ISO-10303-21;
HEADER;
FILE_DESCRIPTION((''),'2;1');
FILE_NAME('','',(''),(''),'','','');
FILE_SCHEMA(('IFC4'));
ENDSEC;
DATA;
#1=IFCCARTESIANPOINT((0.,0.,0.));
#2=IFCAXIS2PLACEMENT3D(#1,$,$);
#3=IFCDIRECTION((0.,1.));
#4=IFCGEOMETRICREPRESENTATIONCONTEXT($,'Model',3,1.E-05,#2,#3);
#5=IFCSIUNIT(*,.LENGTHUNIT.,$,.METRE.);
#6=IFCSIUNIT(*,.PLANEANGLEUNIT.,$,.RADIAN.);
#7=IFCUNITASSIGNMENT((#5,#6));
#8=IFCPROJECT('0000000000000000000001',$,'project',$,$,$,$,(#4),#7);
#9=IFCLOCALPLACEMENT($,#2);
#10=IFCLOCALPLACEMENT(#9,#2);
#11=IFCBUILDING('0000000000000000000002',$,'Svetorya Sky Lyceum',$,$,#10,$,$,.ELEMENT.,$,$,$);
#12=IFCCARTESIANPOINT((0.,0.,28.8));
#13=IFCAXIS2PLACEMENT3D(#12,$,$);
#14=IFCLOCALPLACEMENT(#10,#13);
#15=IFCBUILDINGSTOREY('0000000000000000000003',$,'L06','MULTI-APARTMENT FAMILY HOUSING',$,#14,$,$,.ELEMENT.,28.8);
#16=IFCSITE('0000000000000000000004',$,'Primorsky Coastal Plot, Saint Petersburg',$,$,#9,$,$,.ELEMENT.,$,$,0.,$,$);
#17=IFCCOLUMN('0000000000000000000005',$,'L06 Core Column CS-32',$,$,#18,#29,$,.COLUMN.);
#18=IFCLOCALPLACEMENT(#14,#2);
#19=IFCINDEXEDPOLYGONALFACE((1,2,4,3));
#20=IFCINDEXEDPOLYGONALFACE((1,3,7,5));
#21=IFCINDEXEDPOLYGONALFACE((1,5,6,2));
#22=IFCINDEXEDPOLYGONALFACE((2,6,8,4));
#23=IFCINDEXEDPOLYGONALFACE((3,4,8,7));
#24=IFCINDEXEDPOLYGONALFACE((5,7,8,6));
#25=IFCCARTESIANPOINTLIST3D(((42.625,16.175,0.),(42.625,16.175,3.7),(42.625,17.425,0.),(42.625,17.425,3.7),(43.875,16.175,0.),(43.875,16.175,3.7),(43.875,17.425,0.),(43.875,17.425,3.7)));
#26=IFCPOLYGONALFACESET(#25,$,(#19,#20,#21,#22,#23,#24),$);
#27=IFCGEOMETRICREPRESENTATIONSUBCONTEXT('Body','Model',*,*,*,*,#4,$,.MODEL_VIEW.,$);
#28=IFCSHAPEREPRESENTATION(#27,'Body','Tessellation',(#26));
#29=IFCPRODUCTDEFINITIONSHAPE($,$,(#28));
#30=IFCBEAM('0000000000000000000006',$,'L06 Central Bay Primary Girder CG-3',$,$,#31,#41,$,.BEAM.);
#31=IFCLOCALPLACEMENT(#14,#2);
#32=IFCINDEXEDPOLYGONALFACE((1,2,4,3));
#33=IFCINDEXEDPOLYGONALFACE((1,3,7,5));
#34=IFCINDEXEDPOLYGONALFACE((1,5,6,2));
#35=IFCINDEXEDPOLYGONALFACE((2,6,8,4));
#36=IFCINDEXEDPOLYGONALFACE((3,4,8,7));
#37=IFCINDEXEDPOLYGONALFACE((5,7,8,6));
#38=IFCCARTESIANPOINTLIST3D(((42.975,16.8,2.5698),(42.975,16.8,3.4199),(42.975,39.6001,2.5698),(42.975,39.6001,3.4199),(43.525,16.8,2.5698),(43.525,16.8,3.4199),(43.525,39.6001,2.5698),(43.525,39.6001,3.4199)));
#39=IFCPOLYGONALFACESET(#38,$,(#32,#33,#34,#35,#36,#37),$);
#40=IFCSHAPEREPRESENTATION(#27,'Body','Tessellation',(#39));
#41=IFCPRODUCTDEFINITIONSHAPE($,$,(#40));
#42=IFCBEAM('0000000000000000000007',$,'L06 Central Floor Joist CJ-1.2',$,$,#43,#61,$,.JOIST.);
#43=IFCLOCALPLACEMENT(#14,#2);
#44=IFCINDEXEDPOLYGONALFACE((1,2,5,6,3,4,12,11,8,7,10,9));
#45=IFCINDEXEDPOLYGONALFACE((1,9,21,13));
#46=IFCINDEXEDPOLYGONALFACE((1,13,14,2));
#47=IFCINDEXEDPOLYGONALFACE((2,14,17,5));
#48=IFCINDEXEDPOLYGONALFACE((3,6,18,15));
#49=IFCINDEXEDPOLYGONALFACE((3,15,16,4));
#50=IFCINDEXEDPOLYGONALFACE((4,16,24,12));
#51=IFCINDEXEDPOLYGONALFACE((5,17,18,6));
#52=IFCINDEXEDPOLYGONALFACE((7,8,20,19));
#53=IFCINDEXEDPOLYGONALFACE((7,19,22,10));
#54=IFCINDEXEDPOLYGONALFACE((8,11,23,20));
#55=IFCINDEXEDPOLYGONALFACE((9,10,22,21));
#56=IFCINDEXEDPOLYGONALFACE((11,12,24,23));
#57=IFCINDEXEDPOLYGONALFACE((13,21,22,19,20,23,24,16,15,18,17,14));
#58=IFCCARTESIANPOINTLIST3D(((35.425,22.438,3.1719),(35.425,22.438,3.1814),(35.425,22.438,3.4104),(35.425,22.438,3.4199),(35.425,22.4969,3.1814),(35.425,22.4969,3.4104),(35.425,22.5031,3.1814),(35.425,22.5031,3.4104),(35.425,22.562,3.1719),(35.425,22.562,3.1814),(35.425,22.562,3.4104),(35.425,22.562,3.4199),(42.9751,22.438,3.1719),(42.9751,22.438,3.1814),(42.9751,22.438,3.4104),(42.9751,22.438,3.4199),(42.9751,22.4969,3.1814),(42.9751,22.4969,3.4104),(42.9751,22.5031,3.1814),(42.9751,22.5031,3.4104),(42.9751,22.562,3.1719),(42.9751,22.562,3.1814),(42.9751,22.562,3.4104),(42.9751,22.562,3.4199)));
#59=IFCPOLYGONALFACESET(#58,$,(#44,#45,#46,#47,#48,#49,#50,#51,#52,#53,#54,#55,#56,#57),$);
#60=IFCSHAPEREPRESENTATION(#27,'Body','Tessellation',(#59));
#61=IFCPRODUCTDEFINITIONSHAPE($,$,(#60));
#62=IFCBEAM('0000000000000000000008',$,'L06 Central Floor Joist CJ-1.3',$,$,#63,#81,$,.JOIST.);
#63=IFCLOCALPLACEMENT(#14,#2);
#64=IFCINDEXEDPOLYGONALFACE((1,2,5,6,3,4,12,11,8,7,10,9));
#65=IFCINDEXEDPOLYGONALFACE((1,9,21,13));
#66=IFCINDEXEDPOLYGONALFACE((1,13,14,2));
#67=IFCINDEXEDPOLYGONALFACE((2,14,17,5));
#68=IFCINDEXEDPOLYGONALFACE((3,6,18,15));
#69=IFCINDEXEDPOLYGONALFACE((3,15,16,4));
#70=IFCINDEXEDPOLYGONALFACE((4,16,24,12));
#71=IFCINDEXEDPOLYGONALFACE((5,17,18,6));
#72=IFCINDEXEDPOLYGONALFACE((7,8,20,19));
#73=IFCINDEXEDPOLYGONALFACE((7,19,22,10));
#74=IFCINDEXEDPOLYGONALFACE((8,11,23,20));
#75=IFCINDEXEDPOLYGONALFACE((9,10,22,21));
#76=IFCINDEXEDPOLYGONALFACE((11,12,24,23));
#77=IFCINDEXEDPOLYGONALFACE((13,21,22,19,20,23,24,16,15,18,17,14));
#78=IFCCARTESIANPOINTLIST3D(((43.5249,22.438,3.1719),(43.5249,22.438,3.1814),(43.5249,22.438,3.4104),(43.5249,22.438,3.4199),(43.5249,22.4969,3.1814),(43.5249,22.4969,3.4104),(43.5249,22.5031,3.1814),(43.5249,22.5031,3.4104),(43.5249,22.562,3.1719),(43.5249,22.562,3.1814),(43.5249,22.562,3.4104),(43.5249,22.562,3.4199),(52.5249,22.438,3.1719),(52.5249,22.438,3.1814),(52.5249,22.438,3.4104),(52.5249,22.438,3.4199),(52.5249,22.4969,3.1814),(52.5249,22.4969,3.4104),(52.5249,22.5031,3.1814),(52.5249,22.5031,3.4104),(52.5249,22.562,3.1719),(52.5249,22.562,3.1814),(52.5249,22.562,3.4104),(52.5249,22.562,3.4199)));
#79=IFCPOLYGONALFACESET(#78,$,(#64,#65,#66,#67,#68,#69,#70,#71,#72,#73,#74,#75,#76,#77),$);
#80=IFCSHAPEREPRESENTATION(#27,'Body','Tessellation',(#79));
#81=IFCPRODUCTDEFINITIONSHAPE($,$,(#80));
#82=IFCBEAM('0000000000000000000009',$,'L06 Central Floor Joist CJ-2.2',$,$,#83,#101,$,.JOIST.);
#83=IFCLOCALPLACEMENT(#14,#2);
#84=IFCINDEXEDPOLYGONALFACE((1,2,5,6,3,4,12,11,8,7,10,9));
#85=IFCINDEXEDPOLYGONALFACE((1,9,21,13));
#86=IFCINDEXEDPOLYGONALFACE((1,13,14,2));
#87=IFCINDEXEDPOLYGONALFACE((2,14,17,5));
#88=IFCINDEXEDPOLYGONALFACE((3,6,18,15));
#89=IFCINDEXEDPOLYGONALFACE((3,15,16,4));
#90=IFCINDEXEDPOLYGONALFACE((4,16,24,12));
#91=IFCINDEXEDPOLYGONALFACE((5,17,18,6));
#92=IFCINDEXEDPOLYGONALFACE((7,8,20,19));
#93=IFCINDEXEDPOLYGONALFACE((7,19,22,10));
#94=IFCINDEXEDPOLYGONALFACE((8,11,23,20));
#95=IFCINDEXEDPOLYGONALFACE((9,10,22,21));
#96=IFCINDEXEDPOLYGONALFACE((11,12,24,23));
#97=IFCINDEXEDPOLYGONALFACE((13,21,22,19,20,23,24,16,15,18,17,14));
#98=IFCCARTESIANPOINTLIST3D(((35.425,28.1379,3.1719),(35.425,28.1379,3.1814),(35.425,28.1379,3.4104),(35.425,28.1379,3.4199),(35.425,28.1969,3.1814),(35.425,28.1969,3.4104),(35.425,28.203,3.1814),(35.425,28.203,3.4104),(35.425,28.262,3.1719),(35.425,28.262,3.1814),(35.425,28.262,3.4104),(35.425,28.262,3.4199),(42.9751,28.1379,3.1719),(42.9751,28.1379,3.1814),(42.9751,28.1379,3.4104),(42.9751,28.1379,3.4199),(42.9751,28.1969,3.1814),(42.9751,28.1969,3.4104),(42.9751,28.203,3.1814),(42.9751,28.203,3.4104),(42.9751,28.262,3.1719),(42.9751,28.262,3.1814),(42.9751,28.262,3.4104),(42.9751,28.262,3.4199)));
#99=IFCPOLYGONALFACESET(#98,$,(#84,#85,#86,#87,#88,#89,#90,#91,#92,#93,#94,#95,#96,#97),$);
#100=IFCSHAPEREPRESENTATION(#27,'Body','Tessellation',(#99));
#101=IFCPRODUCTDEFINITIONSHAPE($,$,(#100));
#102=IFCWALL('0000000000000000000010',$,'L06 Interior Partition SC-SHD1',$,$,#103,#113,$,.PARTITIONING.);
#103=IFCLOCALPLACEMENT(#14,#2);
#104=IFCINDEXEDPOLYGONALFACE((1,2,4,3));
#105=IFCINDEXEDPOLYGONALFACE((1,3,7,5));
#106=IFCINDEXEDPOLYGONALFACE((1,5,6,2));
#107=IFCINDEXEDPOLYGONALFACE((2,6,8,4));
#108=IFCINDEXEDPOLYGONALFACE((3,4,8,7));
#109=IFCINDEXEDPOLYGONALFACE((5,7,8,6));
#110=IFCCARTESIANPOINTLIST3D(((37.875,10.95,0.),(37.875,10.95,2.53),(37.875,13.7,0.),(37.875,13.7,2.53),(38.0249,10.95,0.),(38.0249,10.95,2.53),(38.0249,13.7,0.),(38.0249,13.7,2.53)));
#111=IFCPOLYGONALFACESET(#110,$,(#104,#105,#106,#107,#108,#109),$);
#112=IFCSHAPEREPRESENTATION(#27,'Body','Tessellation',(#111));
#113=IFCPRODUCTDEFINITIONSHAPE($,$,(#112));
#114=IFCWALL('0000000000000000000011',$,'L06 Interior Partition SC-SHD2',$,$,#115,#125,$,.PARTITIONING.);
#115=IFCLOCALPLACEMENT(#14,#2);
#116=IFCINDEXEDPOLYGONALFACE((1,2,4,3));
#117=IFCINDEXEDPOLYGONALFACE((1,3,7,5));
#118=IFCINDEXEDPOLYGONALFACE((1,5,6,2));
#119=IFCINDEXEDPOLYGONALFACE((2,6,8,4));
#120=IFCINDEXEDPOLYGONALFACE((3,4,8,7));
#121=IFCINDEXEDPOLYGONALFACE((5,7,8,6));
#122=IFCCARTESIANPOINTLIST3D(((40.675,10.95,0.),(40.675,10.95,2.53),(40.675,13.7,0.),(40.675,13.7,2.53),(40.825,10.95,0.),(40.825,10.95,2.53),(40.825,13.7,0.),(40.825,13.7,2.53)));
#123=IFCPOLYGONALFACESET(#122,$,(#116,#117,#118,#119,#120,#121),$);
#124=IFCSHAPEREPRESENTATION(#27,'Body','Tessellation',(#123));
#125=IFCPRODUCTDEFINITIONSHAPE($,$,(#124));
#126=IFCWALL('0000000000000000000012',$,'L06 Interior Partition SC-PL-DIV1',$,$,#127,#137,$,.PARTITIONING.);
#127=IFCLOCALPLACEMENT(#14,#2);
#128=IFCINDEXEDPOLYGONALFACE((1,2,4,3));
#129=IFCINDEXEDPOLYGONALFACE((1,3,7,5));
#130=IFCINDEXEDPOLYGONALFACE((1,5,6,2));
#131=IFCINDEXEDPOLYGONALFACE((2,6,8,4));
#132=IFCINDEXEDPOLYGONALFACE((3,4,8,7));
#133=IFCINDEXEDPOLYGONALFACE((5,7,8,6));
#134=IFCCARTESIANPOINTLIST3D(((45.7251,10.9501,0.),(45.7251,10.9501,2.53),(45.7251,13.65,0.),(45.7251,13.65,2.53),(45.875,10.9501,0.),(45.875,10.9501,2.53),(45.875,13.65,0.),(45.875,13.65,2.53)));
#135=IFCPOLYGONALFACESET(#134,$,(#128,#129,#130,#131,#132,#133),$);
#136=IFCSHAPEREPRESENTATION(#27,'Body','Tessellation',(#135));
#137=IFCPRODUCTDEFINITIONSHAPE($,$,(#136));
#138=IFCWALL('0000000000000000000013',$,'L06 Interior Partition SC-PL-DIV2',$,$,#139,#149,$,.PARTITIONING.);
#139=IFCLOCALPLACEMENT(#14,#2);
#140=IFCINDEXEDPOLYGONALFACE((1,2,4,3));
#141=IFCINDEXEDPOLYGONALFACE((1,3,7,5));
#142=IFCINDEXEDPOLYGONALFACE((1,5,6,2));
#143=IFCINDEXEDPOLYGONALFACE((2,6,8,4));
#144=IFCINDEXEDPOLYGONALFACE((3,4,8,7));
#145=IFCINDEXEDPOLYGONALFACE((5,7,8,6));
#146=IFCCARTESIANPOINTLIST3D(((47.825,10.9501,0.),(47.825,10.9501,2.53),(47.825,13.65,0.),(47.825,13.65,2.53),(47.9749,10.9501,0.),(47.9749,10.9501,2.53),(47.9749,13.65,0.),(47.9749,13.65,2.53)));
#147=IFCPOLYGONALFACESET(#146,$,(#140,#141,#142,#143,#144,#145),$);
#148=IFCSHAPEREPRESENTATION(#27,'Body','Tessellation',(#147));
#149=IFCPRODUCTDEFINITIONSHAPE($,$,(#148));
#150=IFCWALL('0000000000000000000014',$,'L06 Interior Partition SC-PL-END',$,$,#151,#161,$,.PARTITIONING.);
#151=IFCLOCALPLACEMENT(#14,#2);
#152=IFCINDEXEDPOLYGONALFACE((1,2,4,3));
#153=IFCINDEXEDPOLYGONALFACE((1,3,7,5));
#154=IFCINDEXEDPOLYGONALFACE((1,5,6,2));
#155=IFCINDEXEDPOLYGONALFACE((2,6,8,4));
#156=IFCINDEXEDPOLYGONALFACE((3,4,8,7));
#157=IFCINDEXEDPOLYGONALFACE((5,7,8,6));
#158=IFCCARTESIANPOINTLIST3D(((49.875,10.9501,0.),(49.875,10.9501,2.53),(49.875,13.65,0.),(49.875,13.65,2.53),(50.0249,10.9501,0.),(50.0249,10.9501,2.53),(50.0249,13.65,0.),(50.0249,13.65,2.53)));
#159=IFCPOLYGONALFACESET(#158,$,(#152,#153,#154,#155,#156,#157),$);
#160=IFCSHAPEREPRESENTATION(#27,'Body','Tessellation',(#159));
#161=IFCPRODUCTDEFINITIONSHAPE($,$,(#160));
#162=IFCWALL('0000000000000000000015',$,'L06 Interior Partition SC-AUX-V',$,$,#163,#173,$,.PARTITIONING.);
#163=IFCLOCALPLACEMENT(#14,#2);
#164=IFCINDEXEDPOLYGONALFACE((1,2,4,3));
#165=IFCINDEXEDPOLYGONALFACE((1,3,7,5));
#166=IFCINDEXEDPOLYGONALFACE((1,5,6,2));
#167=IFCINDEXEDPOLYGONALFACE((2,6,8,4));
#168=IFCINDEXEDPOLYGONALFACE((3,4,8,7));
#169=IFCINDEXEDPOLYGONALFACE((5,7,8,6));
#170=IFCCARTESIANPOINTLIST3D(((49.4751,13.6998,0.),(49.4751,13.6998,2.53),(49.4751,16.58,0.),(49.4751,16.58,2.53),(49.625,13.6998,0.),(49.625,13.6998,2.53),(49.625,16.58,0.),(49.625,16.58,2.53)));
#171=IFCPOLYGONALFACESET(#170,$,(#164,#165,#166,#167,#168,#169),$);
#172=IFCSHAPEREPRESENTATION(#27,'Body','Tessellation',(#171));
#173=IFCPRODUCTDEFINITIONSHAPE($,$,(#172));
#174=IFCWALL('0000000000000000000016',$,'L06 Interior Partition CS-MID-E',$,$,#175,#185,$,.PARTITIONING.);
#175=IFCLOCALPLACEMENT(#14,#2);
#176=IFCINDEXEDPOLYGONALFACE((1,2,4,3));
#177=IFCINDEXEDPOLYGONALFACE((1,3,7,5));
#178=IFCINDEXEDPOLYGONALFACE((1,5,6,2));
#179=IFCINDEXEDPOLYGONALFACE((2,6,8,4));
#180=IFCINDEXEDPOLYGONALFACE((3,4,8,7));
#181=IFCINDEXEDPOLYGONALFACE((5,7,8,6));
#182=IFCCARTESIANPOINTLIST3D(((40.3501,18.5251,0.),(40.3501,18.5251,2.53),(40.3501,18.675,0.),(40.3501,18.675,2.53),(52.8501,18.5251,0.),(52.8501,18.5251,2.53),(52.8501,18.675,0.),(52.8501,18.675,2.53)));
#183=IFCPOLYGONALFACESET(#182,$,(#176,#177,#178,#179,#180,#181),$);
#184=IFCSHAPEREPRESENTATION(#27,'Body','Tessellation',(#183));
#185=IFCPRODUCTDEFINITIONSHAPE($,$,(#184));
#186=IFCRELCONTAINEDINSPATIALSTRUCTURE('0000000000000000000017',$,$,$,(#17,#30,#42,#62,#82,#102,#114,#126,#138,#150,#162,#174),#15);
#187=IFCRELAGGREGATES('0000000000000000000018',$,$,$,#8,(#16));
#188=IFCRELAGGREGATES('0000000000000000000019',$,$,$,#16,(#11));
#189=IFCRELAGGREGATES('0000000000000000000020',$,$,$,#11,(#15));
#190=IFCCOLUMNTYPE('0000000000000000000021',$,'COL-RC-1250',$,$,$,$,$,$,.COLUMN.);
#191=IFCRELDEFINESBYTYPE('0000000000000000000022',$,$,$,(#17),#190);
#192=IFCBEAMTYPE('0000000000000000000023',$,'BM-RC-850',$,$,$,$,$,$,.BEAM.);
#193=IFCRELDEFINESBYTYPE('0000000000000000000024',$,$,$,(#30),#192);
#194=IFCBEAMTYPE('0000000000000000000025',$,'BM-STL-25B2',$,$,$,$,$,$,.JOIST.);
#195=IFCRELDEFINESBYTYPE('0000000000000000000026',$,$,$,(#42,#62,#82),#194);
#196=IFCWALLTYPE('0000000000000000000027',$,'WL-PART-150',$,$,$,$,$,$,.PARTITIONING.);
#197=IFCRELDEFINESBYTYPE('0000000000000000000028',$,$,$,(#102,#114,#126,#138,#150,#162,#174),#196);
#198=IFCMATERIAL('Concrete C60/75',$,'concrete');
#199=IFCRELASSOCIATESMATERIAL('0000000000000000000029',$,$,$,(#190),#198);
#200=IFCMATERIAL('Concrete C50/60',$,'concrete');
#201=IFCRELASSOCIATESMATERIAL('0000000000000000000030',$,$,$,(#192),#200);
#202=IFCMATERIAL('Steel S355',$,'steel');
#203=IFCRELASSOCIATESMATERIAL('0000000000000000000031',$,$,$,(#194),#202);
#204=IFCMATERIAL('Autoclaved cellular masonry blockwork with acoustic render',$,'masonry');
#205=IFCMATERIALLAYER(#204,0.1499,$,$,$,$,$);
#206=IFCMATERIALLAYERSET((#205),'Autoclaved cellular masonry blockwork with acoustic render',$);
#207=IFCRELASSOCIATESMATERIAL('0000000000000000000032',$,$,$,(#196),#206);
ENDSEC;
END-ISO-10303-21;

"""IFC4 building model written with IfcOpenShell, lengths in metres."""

from ifc_helpers import new_model, si_unit, direction, frame, frame_2d, origin, origin_2d, place, context, subcontext, project, spatial, rectangle, i_section, extrude, material, layer, layer_set, material_profile, profile_set, type_object, element, save


model = new_model("IFC4")

# Units and contexts
model_context = context("Model", 3, precision=1e-05, world=origin(), true_north=direction((0.0, 1.0)))
body_context = subcontext(model_context, "Body", "Model", "MODEL_VIEW")
ifc_project = project(units=[si_unit("LENGTHUNIT", "METRE"), si_unit("PLANEANGLEUNIT", "RADIAN")], contexts=[model_context])

# Site, building, storey
site_placement = place(None, origin())
site = spatial("IfcSite", under=ifc_project, at=site_placement, Name="Primorsky Coastal Plot, Saint Petersburg", CompositionType="ELEMENT", RefElevation=0.0)
building_placement = place(site_placement, origin())
building = spatial("IfcBuilding", under=site, at=building_placement, Name="Svetorya Sky Lyceum", CompositionType="ELEMENT")
storey_placement = place(building_placement, frame((0.0, 0.0, 28.8)))
storey = spatial("IfcBuildingStorey", under=building, at=storey_placement, Name="L06", Description="MULTI-APARTMENT FAMILY HOUSING", CompositionType="ELEMENT", Elevation=28.8)

# Column
ifc_material_1 = material(Name="Concrete C60/75", Category="concrete")
ifc_material_profile_1 = material_profile(ifc_material_1, rectangle(XDim=1.25, YDim=1.25, at=origin_2d()), Name="RC COL 1250x1250")
ifc_profile_set_1 = profile_set([ifc_material_profile_1], Name="Concrete C60/75")
column_type = type_object("IfcColumnType", Name="COL-RC-1250", PredefinedType="COLUMN", material=ifc_profile_set_1)
column_placement = place(storey_placement, frame((43.25, 16.8, 0.0), z_axis=(0.0, 0.0, 1.0), x_axis=(1.0, 0.0, 0.0)))
element("IfcColumn", 1, at=column_placement, inside=storey, type_object=column_type, Name="L06 Core Column CS-32", PredefinedType="COLUMN", context=body_context, shape_type="SweptSolid", body=[
    extrude(rectangle(XDim=1.25, YDim=1.25, at=origin_2d()), origin(), (0.0, 0.0, 1.0), 3.7),
])

# Beams
ifc_material_2 = material(Name="Concrete C50/60", Category="concrete")
ifc_material_profile_2 = material_profile(ifc_material_2, rectangle(XDim=0.55, YDim=0.8501, at=origin_2d()), Name="RC BEAM 550x850")
ifc_profile_set_2 = profile_set([ifc_material_profile_2], Name="Concrete C50/60")
beam_type_1 = type_object("IfcBeamType", Name="BM-RC-850", PredefinedType="BEAM", material=ifc_profile_set_2)
beam_1_placement = place(storey_placement, frame((43.25, 16.8, 2.9949), z_axis=(0.0, 1.0, 0.0), x_axis=(-1.0, 0.0, 0.0)))
element("IfcBeam", 2, at=beam_1_placement, inside=storey, type_object=beam_type_1, Name="L06 Central Bay Primary Girder CG-3", PredefinedType="BEAM", context=body_context, shape_type="SweptSolid", body=[
    extrude(rectangle(XDim=0.55, YDim=0.8501, at=origin_2d()), origin(), (0.0, 0.0, 1.0), 22.8),
])
ifc_material_3 = material(Name="Steel S355", Category="steel")
ifc_material_profile_3 = material_profile(ifc_material_3, i_section(OverallWidth=0.124, OverallDepth=0.248, WebThickness=0.0061, FlangeThickness=0.0095, at=origin_2d()), Name="GOST 25B2")
ifc_profile_set_3 = profile_set([ifc_material_profile_3], Name="Steel S355")
beam_type_2 = type_object("IfcBeamType", Name="BM-STL-25B2", PredefinedType="JOIST", material=ifc_profile_set_3)
beam_2_placement = place(storey_placement, frame((35.425, 22.5, 3.2959), z_axis=(1.0, 0.0, 0.0), x_axis=(0.0, 1.0, 0.0)))
element("IfcBeam", 3, at=beam_2_placement, inside=storey, type_object=beam_type_2, Name="L06 Central Floor Joist CJ-1.2", PredefinedType="JOIST", context=body_context, shape_type="SweptSolid", body=[
    extrude(i_section(OverallWidth=0.124, OverallDepth=0.248, WebThickness=0.0061, FlangeThickness=0.0095, at=origin_2d()), origin(), (0.0, 0.0, 1.0), 7.55),
])
beam_3_placement = place(storey_placement, frame((43.5249, 22.5, 3.2959), z_axis=(1.0, 0.0, 0.0), x_axis=(0.0, 1.0, 0.0)))
element("IfcBeam", 4, at=beam_3_placement, inside=storey, type_object=beam_type_2, Name="L06 Central Floor Joist CJ-1.3", PredefinedType="JOIST", context=body_context, shape_type="SweptSolid", body=[
    extrude(i_section(OverallWidth=0.124, OverallDepth=0.248, WebThickness=0.0061, FlangeThickness=0.0095, at=origin_2d()), origin(), (0.0, 0.0, 1.0), 9.0),
])
beam_4_placement = place(storey_placement, frame((35.425, 28.2, 3.2959), z_axis=(1.0, 0.0, 0.0), x_axis=(0.0, 1.0, 0.0)))
element("IfcBeam", 5, at=beam_4_placement, inside=storey, type_object=beam_type_2, Name="L06 Central Floor Joist CJ-2.2", PredefinedType="JOIST", context=body_context, shape_type="SweptSolid", body=[
    extrude(i_section(OverallWidth=0.124, OverallDepth=0.248, WebThickness=0.0061, FlangeThickness=0.0095, at=origin_2d()), origin(), (0.0, 0.0, 1.0), 7.55),
])

# Walls
ifc_material_4 = material(Name="Autoclaved cellular masonry blockwork with acoustic render", Category="masonry")
ifc_layer_1 = layer(ifc_material_4, 0.1499)
ifc_layer_set_1 = layer_set([ifc_layer_1], Name="Autoclaved cellular masonry blockwork with acoustic render")
wall_type_1 = type_object("IfcWallType", Name="WL-PART-150", PredefinedType="PARTITIONING", material=ifc_layer_set_1)
for number, where, z_axis, x_axis, name in (
    (6, (37.95, 10.95, 0.0), (0.0, 0.0, 1.0), (0.0, 1.0, 0.0), "L06 Interior Partition SC-SHD1"),
    (7, (40.75, 10.95, 0.0), (0.0, 0.0, 1.0), (0.0, 1.0, 0.0), "L06 Interior Partition SC-SHD2"),
):
    element("IfcWall", number, at=place(storey_placement, frame(where, z_axis=z_axis, x_axis=x_axis)), inside=storey, type_object=wall_type_1, Name=name, PredefinedType="PARTITIONING", context=body_context, shape_type="SweptSolid", body=[
        extrude(rectangle(XDim=2.75, YDim=0.1499, at=frame_2d((1.375, 0.0))), origin(), (0.0, 0.0, 1.0), 2.53),
    ])
for number, where, z_axis, x_axis, name in (
    (8, (45.8, 10.95, 0.0), (0.0, 0.0, 1.0), (0.0, 1.0, 0.0), "L06 Interior Partition SC-PL-DIV1"),
    (9, (47.8999, 10.95, 0.0), (0.0, 0.0, 1.0), (0.0, 1.0, 0.0), "L06 Interior Partition SC-PL-DIV2"),
    (10, (49.95, 10.95, 0.0), (0.0, 0.0, 1.0), (0.0, 1.0, 0.0), "L06 Interior Partition SC-PL-END"),
):
    element("IfcWall", number, at=place(storey_placement, frame(where, z_axis=z_axis, x_axis=x_axis)), inside=storey, type_object=wall_type_1, Name=name, PredefinedType="PARTITIONING", context=body_context, shape_type="SweptSolid", body=[
        extrude(rectangle(XDim=2.7, YDim=0.1499, at=frame_2d((1.3501, 0.0))), origin(), (0.0, 0.0, 1.0), 2.53),
    ])
wall_1_placement = place(storey_placement, frame((49.55, 13.7, 0.0), z_axis=(0.0, 0.0, 1.0), x_axis=(0.0, 1.0, 0.0)))
element("IfcWall", 11, at=wall_1_placement, inside=storey, type_object=wall_type_1, Name="L06 Interior Partition SC-AUX-V", PredefinedType="PARTITIONING", context=body_context, shape_type="SweptSolid", body=[
    extrude(rectangle(XDim=2.8801, YDim=0.1499, at=frame_2d((1.4399, 0.0))), origin(), (0.0, 0.0, 1.0), 2.53),
])
wall_2_placement = place(storey_placement, frame((40.3501, 18.6001, 0.0), z_axis=(0.0, 0.0, 1.0), x_axis=(1.0, 0.0, 0.0)))
element("IfcWall", 12, at=wall_2_placement, inside=storey, type_object=wall_type_1, Name="L06 Interior Partition CS-MID-E", PredefinedType="PARTITIONING", context=body_context, shape_type="SweptSolid", body=[
    extrude(rectangle(XDim=12.5, YDim=0.1499, at=frame_2d((6.25, 0.0))), origin(), (0.0, 0.0, 1.0), 2.53),
])

save(model, "model.ifc")
